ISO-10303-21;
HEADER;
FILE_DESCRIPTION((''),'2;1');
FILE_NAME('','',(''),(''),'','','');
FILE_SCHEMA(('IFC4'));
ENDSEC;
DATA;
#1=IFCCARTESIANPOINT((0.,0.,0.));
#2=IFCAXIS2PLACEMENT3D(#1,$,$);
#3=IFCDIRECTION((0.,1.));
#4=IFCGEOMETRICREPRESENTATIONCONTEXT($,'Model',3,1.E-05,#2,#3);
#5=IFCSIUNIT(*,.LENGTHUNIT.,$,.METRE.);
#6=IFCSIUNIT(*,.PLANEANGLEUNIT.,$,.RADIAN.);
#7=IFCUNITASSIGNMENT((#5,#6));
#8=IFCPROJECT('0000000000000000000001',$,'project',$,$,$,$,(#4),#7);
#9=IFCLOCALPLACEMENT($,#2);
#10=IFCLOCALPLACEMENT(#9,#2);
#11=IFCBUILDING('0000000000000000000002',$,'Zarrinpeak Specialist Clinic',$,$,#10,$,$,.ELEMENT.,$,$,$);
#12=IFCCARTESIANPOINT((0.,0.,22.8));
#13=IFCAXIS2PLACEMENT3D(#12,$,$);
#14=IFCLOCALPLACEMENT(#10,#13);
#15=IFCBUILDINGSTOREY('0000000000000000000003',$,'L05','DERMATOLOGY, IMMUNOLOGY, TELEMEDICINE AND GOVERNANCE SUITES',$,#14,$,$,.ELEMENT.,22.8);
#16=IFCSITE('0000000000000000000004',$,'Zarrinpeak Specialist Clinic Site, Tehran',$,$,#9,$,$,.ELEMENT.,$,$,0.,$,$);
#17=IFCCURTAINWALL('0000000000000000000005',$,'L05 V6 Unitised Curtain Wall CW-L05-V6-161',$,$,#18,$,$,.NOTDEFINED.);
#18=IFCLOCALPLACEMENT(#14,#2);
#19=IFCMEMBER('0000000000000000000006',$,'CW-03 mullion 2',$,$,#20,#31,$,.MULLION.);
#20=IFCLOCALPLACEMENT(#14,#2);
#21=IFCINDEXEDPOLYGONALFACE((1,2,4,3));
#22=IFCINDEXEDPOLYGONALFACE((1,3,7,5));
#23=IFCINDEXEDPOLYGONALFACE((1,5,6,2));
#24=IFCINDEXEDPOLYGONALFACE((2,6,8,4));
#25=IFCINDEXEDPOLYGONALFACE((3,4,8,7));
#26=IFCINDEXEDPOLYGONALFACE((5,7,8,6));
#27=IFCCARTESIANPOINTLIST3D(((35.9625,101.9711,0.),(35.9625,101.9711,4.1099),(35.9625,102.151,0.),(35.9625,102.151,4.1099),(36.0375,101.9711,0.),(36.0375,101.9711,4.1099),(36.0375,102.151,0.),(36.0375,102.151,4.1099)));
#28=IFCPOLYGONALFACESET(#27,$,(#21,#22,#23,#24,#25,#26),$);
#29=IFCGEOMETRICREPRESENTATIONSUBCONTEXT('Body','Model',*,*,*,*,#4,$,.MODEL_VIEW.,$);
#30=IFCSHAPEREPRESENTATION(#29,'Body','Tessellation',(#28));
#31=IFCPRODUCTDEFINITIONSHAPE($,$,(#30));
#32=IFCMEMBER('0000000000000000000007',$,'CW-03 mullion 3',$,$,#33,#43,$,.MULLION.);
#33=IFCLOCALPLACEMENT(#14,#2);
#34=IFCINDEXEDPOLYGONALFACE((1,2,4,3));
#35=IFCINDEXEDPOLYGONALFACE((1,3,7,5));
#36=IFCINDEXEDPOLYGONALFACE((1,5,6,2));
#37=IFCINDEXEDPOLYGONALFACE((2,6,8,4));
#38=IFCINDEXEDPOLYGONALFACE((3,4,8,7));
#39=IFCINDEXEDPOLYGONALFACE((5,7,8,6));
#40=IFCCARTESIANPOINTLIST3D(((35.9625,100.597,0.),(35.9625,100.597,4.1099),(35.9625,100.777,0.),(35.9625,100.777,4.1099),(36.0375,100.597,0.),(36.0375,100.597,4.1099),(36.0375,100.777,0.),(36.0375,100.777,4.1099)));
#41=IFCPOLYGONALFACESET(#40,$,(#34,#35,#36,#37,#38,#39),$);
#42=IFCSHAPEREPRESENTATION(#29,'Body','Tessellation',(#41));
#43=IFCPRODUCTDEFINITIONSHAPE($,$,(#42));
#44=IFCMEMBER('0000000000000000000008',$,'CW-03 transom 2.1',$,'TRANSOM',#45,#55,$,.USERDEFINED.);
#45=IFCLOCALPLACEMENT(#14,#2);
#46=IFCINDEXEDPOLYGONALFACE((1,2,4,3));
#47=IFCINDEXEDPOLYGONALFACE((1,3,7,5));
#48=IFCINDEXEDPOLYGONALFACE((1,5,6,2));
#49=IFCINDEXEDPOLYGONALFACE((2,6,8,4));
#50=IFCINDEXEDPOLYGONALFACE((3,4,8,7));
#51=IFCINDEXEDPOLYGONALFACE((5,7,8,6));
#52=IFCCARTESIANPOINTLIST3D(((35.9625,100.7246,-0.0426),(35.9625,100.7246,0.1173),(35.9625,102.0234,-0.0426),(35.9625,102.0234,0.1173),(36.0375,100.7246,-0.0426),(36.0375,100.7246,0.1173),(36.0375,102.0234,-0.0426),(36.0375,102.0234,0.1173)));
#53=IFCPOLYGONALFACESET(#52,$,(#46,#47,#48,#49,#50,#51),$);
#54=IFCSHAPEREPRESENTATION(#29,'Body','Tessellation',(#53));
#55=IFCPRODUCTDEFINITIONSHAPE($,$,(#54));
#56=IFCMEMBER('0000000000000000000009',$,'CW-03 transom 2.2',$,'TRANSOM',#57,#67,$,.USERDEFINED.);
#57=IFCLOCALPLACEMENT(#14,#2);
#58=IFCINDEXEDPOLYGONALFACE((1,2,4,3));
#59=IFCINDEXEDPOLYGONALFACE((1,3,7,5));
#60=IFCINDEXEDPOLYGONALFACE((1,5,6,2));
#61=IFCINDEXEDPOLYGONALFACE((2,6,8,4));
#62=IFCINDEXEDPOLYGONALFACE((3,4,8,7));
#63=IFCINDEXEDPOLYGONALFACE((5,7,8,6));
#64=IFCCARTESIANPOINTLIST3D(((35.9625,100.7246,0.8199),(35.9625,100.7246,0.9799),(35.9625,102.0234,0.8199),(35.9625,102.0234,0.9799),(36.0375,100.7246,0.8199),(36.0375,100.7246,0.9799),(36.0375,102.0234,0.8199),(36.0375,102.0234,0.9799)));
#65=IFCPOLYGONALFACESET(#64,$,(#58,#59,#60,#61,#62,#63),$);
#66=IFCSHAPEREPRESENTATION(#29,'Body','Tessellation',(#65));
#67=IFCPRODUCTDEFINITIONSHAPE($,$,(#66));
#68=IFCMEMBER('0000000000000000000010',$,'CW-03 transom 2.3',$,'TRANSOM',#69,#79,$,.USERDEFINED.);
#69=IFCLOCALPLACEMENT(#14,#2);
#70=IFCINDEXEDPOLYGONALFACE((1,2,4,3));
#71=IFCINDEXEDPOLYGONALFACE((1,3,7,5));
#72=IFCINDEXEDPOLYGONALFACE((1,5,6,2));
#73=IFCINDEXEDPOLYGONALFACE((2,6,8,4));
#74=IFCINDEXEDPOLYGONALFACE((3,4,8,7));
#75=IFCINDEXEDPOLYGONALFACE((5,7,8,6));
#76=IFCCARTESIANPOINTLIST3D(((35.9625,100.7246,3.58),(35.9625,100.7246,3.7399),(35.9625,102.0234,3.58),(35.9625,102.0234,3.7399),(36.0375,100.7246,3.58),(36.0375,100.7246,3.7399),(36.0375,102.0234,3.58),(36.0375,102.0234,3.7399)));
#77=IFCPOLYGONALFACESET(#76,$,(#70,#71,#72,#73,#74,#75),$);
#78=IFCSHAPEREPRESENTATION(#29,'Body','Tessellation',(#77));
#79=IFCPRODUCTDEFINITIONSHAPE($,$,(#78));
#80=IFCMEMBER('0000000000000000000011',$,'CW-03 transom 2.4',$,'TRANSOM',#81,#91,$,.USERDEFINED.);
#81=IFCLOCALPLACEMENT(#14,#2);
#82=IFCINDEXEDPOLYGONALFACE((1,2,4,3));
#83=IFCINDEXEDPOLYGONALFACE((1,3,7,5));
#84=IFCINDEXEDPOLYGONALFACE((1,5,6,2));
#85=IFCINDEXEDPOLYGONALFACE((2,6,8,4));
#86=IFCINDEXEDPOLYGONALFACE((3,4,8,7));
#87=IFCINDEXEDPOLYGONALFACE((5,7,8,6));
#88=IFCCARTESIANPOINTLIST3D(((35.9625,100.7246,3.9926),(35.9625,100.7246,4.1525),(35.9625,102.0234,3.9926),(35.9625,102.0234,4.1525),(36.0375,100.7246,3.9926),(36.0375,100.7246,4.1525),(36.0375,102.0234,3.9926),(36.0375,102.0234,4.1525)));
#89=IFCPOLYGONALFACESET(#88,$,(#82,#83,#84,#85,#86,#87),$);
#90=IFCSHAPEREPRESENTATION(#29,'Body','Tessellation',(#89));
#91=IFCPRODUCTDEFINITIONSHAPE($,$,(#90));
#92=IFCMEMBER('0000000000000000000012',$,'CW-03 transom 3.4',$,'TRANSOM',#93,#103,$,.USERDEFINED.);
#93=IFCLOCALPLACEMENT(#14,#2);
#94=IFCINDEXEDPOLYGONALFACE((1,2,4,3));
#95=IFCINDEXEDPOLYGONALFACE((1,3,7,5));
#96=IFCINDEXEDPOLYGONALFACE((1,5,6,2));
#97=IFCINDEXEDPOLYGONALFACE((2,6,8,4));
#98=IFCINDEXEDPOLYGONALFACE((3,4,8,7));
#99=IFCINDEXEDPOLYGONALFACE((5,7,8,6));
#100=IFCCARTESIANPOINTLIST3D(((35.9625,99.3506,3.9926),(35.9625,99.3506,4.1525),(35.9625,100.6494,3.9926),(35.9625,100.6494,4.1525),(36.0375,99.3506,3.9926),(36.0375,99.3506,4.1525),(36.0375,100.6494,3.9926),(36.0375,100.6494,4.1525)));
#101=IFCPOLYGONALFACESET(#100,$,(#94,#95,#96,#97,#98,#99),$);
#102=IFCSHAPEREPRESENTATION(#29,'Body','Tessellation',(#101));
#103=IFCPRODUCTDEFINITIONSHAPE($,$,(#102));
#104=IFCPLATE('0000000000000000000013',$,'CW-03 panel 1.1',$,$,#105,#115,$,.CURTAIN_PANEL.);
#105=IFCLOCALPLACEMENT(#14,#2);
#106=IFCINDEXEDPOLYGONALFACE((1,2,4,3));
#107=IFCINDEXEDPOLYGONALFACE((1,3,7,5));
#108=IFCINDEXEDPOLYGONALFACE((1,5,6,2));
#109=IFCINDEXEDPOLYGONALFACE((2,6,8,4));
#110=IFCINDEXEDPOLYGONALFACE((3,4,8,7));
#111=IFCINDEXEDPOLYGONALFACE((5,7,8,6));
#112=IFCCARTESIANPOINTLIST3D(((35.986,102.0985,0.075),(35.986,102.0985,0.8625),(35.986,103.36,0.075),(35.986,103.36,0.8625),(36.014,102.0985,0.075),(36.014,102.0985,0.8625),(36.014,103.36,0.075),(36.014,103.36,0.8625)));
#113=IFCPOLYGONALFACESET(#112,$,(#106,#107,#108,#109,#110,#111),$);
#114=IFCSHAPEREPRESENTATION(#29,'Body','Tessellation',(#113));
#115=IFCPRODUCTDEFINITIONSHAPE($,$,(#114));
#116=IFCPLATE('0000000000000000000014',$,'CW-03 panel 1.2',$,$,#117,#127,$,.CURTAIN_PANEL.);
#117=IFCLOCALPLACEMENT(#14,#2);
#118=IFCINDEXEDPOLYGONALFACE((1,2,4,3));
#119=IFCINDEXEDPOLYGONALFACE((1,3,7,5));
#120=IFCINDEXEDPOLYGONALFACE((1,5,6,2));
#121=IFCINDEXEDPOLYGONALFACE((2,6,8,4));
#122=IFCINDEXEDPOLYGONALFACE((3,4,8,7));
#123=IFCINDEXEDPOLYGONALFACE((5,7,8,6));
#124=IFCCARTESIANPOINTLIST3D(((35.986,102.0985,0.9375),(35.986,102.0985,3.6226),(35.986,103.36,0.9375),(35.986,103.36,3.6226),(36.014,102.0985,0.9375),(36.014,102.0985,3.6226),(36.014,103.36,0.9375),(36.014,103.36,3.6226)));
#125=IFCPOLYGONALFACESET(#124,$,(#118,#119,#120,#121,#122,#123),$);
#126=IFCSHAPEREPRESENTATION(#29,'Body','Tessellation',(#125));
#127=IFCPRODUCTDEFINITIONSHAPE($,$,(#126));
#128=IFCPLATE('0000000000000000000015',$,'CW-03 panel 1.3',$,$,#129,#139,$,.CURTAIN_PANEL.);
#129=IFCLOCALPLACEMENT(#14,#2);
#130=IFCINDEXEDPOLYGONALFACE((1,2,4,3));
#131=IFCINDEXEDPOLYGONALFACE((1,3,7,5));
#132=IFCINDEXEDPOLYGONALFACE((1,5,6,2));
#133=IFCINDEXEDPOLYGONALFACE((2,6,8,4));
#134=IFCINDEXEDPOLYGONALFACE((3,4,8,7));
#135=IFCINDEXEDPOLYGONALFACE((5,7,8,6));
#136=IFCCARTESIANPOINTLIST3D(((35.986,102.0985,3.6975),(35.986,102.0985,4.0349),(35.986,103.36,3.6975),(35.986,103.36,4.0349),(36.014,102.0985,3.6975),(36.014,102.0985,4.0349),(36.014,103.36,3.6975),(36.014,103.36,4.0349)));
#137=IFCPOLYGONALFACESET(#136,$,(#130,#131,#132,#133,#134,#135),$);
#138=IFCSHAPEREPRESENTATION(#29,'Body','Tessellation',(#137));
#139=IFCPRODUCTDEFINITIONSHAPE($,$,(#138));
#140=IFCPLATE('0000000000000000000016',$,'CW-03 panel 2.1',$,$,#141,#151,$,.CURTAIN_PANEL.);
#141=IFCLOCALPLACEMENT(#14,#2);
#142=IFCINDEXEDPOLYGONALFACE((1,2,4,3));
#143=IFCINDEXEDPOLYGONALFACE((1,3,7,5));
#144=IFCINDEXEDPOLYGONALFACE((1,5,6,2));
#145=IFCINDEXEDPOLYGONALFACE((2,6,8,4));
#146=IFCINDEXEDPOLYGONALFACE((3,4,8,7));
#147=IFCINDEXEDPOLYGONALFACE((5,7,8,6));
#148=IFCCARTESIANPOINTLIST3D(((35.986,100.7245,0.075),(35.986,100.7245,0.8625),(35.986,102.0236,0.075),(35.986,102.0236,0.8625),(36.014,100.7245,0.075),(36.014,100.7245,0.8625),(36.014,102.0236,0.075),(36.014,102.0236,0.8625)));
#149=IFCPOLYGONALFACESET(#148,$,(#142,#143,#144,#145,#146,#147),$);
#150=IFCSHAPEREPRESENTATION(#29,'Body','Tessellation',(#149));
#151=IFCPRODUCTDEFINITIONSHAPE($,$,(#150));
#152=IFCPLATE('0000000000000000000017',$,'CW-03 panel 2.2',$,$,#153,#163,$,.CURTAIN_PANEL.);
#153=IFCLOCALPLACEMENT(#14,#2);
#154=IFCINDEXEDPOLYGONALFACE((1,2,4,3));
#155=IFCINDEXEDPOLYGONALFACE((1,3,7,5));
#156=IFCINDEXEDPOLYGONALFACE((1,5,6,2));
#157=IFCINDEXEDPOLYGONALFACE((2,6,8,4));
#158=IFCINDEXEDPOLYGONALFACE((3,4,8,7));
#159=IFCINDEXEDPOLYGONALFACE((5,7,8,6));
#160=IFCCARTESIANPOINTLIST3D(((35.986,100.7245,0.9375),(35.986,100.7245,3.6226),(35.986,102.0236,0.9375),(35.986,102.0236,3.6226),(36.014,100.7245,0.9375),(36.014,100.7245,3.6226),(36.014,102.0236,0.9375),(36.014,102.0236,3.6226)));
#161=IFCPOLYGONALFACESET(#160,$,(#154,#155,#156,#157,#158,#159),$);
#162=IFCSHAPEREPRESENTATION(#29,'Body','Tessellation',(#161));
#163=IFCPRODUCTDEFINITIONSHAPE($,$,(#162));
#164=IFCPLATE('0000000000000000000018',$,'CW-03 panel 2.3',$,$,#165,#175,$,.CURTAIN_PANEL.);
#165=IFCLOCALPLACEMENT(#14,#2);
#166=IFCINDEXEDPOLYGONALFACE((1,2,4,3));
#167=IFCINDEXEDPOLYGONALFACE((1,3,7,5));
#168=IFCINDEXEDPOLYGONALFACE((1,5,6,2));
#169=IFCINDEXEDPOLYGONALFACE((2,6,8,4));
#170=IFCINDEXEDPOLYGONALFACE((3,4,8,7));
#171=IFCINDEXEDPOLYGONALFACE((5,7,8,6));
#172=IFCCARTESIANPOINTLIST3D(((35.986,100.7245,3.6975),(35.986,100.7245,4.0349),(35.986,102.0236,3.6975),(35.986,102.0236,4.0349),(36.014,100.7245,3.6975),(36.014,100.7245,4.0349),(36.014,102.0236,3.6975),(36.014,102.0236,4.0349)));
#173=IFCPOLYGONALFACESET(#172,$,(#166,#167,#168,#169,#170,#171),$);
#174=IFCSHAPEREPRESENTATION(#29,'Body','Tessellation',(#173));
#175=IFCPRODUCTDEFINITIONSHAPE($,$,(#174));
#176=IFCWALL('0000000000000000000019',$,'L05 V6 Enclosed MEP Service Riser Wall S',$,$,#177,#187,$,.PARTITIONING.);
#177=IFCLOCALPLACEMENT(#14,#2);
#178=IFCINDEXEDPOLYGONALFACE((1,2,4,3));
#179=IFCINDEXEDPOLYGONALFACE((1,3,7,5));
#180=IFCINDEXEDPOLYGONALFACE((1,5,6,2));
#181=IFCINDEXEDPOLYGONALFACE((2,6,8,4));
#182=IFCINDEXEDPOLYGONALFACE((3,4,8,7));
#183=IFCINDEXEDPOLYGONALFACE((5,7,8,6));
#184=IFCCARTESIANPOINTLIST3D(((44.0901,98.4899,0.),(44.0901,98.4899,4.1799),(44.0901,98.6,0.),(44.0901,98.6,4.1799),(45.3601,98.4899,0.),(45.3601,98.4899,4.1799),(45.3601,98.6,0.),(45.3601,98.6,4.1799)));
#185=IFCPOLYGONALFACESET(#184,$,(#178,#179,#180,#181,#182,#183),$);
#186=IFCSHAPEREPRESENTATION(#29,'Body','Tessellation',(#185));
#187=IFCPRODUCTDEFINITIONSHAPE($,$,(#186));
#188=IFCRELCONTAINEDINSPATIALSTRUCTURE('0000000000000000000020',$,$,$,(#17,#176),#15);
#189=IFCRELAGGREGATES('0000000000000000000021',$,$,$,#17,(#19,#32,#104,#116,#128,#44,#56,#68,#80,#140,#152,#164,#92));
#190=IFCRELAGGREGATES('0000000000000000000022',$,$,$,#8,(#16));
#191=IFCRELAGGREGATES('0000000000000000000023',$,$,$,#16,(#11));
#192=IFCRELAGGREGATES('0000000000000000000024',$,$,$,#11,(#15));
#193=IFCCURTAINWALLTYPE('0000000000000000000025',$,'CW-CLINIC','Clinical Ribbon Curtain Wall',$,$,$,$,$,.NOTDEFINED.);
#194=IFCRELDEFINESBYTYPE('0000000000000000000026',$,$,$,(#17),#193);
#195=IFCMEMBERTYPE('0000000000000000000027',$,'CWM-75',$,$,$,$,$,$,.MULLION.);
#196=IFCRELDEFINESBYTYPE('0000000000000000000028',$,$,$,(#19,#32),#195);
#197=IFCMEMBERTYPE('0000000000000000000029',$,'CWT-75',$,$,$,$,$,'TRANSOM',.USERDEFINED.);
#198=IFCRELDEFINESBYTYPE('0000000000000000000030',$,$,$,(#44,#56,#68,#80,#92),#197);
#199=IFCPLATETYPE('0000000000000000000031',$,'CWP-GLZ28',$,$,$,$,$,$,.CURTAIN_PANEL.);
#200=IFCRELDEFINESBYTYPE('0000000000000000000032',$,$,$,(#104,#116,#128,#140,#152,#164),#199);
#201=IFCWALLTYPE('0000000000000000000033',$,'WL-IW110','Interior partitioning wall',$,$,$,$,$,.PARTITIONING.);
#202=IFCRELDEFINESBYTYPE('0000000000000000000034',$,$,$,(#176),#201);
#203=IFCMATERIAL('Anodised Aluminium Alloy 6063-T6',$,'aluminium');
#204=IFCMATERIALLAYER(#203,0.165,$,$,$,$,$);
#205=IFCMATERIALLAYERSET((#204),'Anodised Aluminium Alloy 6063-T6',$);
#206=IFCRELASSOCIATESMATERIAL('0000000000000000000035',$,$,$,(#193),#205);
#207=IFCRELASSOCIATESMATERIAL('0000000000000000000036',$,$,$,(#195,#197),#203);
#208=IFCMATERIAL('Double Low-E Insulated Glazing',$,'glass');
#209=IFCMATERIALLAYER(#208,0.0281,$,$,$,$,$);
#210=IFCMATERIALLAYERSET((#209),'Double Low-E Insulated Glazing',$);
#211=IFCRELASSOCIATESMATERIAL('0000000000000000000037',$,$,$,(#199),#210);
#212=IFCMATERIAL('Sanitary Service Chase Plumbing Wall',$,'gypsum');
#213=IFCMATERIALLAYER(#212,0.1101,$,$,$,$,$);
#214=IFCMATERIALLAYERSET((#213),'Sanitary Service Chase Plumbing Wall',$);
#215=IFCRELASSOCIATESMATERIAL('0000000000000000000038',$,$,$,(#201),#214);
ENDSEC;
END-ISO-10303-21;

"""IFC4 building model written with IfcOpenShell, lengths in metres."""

from ifc_helpers import new_model, si_unit, direction, frame, frame_2d, origin, origin_2d, place, context, subcontext, project, spatial, rectangle, extrude, material, layer, layer_set, material_profile, profile_set, type_object, element, aggregate, save


model = new_model("IFC4")

# Units and contexts
model_context = context("Model", 3, precision=1e-05, world=origin(), true_north=direction((0.0, 1.0)))
body_context = subcontext(model_context, "Body", "Model", "MODEL_VIEW")
ifc_project = project(units=[si_unit("LENGTHUNIT", "METRE"), si_unit("PLANEANGLEUNIT", "RADIAN")], contexts=[model_context])

# Site, building, storey
site_placement = place(None, origin())
site = spatial("IfcSite", under=ifc_project, at=site_placement, Name="Zarrinpeak Specialist Clinic Site, Tehran", CompositionType="ELEMENT", RefElevation=0.0)
building_placement = place(site_placement, origin())
building = spatial("IfcBuilding", under=site, at=building_placement, Name="Zarrinpeak Specialist Clinic", CompositionType="ELEMENT")
storey_placement = place(building_placement, frame((0.0, 0.0, 22.8)))
storey = spatial("IfcBuildingStorey", under=building, at=storey_placement, Name="L05", Description="DERMATOLOGY, IMMUNOLOGY, TELEMEDICINE AND GOVERNANCE SUITES", CompositionType="ELEMENT", Elevation=22.8)

# Curtain wall, members, plates
ifc_material_1 = material(Name="Anodised Aluminium Alloy 6063-T6", Category="aluminium")
ifc_layer_1 = layer(ifc_material_1, 0.165)
ifc_layer_set_1 = layer_set([ifc_layer_1], Name="Anodised Aluminium Alloy 6063-T6")
curtain_wall_type = type_object("IfcCurtainWallType", Name="CW-CLINIC", Description="Clinical Ribbon Curtain Wall", PredefinedType="NOTDEFINED", material=ifc_layer_set_1)
curtain_wall_placement = place(storey_placement, origin())
curtain_wall = element("IfcCurtainWall", 1, at=curtain_wall_placement, inside=storey, type_object=curtain_wall_type, Name="L05 V6 Unitised Curtain Wall CW-L05-V6-161", PredefinedType="NOTDEFINED")
ifc_material_profile_1 = material_profile(ifc_material_1, rectangle(XDim=0.075, YDim=0.1799, at=origin_2d()), Name="ALU 75x180")
ifc_profile_set_1 = profile_set([ifc_material_profile_1], Name="Anodised Aluminium Alloy 6063-T6")
member_type_1 = type_object("IfcMemberType", Name="CWM-75", PredefinedType="MULLION", material=ifc_profile_set_1)
member_1_placement = place(storey_placement, frame((36.0, 102.061, 0.0), z_axis=(0.0, 0.0, 1.0), x_axis=(1.0, 0.0, 0.0)))
member_1 = element("IfcMember", 2, at=member_1_placement, type_object=member_type_1, Name="CW-03 mullion 2", PredefinedType="MULLION", context=body_context, shape_type="SweptSolid", body=[
    extrude(rectangle(XDim=0.075, YDim=0.1799, at=origin_2d()), origin(), (0.0, 0.0, 1.0), 4.1099),
])
member_2_placement = place(storey_placement, frame((36.0, 100.687, 0.0), z_axis=(0.0, 0.0, 1.0), x_axis=(1.0, 0.0, 0.0)))
member_2 = element("IfcMember", 3, at=member_2_placement, type_object=member_type_1, Name="CW-03 mullion 3", PredefinedType="MULLION", context=body_context, shape_type="SweptSolid", body=[
    extrude(rectangle(XDim=0.075, YDim=0.1799, at=origin_2d()), origin(), (0.0, 0.0, 1.0), 4.1099),
])
ifc_material_profile_2 = material_profile(ifc_material_1, rectangle(XDim=0.075, YDim=0.1599, at=origin_2d()), Name="ALU 75x160")
ifc_profile_set_2 = profile_set([ifc_material_profile_2], Name="Anodised Aluminium Alloy 6063-T6")
member_type_2 = type_object("IfcMemberType", Name="CWT-75", ElementType="TRANSOM", PredefinedType="USERDEFINED", material=ifc_profile_set_2)
member_3_placement = place(storey_placement, frame((36.0, 102.0234, 0.0374), z_axis=(0.0, -1.0, 0.0), x_axis=(1.0, 0.0, 0.0)))
member_3 = element("IfcMember", 4, at=member_3_placement, type_object=member_type_2, Name="CW-03 transom 2.1", ObjectType="TRANSOM", PredefinedType="USERDEFINED", context=body_context, shape_type="SweptSolid", body=[
    extrude(rectangle(XDim=0.075, YDim=0.1599, at=origin_2d()), origin(), (0.0, 0.0, 1.0), 1.2988),
])
member_4_placement = place(storey_placement, frame((36.0, 102.0234, 0.8999), z_axis=(0.0, -1.0, 0.0), x_axis=(1.0, 0.0, 0.0)))
member_4 = element("IfcMember", 5, at=member_4_placement, type_object=member_type_2, Name="CW-03 transom 2.2", ObjectType="TRANSOM", PredefinedType="USERDEFINED", context=body_context, shape_type="SweptSolid", body=[
    extrude(rectangle(XDim=0.075, YDim=0.1599, at=origin_2d()), origin(), (0.0, 0.0, 1.0), 1.2988),
])
member_5_placement = place(storey_placement, frame((36.0, 102.0234, 3.6599), z_axis=(0.0, -1.0, 0.0), x_axis=(1.0, 0.0, 0.0)))
member_5 = element("IfcMember", 6, at=member_5_placement, type_object=member_type_2, Name="CW-03 transom 2.3", ObjectType="TRANSOM", PredefinedType="USERDEFINED", context=body_context, shape_type="SweptSolid", body=[
    extrude(rectangle(XDim=0.075, YDim=0.1599, at=origin_2d()), origin(), (0.0, 0.0, 1.0), 1.2988),
])
member_6_placement = place(storey_placement, frame((36.0, 102.0234, 4.0725), z_axis=(0.0, -1.0, 0.0), x_axis=(1.0, 0.0, 0.0)))
member_6 = element("IfcMember", 7, at=member_6_placement, type_object=member_type_2, Name="CW-03 transom 2.4", ObjectType="TRANSOM", PredefinedType="USERDEFINED", context=body_context, shape_type="SweptSolid", body=[
    extrude(rectangle(XDim=0.075, YDim=0.1599, at=origin_2d()), origin(), (0.0, 0.0, 1.0), 1.2988),
])
member_7_placement = place(storey_placement, frame((36.0, 100.6494, 4.0725), z_axis=(0.0, -1.0, 0.0), x_axis=(1.0, 0.0, 0.0)))
member_7 = element("IfcMember", 8, at=member_7_placement, type_object=member_type_2, Name="CW-03 transom 3.4", ObjectType="TRANSOM", PredefinedType="USERDEFINED", context=body_context, shape_type="SweptSolid", body=[
    extrude(rectangle(XDim=0.075, YDim=0.1599, at=origin_2d()), origin(), (0.0, 0.0, 1.0), 1.2988),
])
ifc_material_2 = material(Name="Double Low-E Insulated Glazing", Category="glass")
ifc_layer_2 = layer(ifc_material_2, 0.0281)
ifc_layer_set_2 = layer_set([ifc_layer_2], Name="Double Low-E Insulated Glazing")
plate_type = type_object("IfcPlateType", Name="CWP-GLZ28", PredefinedType="CURTAIN_PANEL", material=ifc_layer_set_2)
plate_1_placement = place(storey_placement, frame((36.0, 102.7292, 0.075), z_axis=(0.0, 0.0, 1.0), x_axis=(0.0, -1.0, 0.0)))
plate_1 = element("IfcPlate", 9, at=plate_1_placement, type_object=plate_type, Name="CW-03 panel 1.1", PredefinedType="CURTAIN_PANEL", context=body_context, shape_type="SweptSolid", body=[
    extrude(rectangle(XDim=1.2615, YDim=0.0281, at=origin_2d()), origin(), (0.0, 0.0, 1.0), 0.7876),
])
plate_2_placement = place(storey_placement, frame((36.0, 102.7292, 0.9375), z_axis=(0.0, 0.0, 1.0), x_axis=(0.0, -1.0, 0.0)))
plate_2 = element("IfcPlate", 10, at=plate_2_placement, type_object=plate_type, Name="CW-03 panel 1.2", PredefinedType="CURTAIN_PANEL", context=body_context, shape_type="SweptSolid", body=[
    extrude(rectangle(XDim=1.2615, YDim=0.0281, at=origin_2d()), origin(), (0.0, 0.0, 1.0), 2.6851),
])
plate_3_placement = place(storey_placement, frame((36.0, 102.7292, 3.6975), z_axis=(0.0, 0.0, 1.0), x_axis=(0.0, -1.0, 0.0)))
plate_3 = element("IfcPlate", 11, at=plate_3_placement, type_object=plate_type, Name="CW-03 panel 1.3", PredefinedType="CURTAIN_PANEL", context=body_context, shape_type="SweptSolid", body=[
    extrude(rectangle(XDim=1.2615, YDim=0.0281, at=origin_2d()), origin(), (0.0, 0.0, 1.0), 0.3374),
])
plate_4_placement = place(storey_placement, frame((36.0, 101.374, 0.075), z_axis=(0.0, 0.0, 1.0), x_axis=(0.0, -1.0, 0.0)))
plate_4 = element("IfcPlate", 12, at=plate_4_placement, type_object=plate_type, Name="CW-03 panel 2.1", PredefinedType="CURTAIN_PANEL", context=body_context, shape_type="SweptSolid", body=[
    extrude(rectangle(XDim=1.2991, YDim=0.0281, at=origin_2d()), origin(), (0.0, 0.0, 1.0), 0.7876),
])
plate_5_placement = place(storey_placement, frame((36.0, 101.374, 0.9375), z_axis=(0.0, 0.0, 1.0), x_axis=(0.0, -1.0, 0.0)))
plate_5 = element("IfcPlate", 13, at=plate_5_placement, type_object=plate_type, Name="CW-03 panel 2.2", PredefinedType="CURTAIN_PANEL", context=body_context, shape_type="SweptSolid", body=[
    extrude(rectangle(XDim=1.2991, YDim=0.0281, at=origin_2d()), origin(), (0.0, 0.0, 1.0), 2.6851),
])
plate_6_placement = place(storey_placement, frame((36.0, 101.374, 3.6975), z_axis=(0.0, 0.0, 1.0), x_axis=(0.0, -1.0, 0.0)))
plate_6 = element("IfcPlate", 14, at=plate_6_placement, type_object=plate_type, Name="CW-03 panel 2.3", PredefinedType="CURTAIN_PANEL", context=body_context, shape_type="SweptSolid", body=[
    extrude(rectangle(XDim=1.2991, YDim=0.0281, at=origin_2d()), origin(), (0.0, 0.0, 1.0), 0.3374),
])
aggregate(curtain_wall, [member_1, member_2, plate_1, plate_2, plate_3, member_3, member_4, member_5, member_6, plate_4, plate_5, plate_6, member_7])

# Wall
ifc_material_3 = material(Name="Sanitary Service Chase Plumbing Wall", Category="gypsum")
ifc_layer_3 = layer(ifc_material_3, 0.1101)
ifc_layer_set_3 = layer_set([ifc_layer_3], Name="Sanitary Service Chase Plumbing Wall")
wall_type_1 = type_object("IfcWallType", Name="WL-IW110", Description="Interior partitioning wall", PredefinedType="PARTITIONING", material=ifc_layer_set_3)
for number, where, z_axis, x_axis, name in (
    (15, (44.0901, 98.5449, 0.0), (0.0, 0.0, 1.0), (1.0, 0.0, 0.0), "L05 V6 Enclosed MEP Service Riser Wall S"),
):
    element("IfcWall", number, at=place(storey_placement, frame(where, z_axis=z_axis, x_axis=x_axis)), inside=storey, type_object=wall_type_1, Name=name, PredefinedType="PARTITIONING", context=body_context, shape_type="SweptSolid", body=[
        extrude(rectangle(XDim=1.27, YDim=0.1101, at=frame_2d((0.635, 0.0))), origin(), (0.0, 0.0, 1.0), 4.1799),
    ])

save(model, "model.ifc")
